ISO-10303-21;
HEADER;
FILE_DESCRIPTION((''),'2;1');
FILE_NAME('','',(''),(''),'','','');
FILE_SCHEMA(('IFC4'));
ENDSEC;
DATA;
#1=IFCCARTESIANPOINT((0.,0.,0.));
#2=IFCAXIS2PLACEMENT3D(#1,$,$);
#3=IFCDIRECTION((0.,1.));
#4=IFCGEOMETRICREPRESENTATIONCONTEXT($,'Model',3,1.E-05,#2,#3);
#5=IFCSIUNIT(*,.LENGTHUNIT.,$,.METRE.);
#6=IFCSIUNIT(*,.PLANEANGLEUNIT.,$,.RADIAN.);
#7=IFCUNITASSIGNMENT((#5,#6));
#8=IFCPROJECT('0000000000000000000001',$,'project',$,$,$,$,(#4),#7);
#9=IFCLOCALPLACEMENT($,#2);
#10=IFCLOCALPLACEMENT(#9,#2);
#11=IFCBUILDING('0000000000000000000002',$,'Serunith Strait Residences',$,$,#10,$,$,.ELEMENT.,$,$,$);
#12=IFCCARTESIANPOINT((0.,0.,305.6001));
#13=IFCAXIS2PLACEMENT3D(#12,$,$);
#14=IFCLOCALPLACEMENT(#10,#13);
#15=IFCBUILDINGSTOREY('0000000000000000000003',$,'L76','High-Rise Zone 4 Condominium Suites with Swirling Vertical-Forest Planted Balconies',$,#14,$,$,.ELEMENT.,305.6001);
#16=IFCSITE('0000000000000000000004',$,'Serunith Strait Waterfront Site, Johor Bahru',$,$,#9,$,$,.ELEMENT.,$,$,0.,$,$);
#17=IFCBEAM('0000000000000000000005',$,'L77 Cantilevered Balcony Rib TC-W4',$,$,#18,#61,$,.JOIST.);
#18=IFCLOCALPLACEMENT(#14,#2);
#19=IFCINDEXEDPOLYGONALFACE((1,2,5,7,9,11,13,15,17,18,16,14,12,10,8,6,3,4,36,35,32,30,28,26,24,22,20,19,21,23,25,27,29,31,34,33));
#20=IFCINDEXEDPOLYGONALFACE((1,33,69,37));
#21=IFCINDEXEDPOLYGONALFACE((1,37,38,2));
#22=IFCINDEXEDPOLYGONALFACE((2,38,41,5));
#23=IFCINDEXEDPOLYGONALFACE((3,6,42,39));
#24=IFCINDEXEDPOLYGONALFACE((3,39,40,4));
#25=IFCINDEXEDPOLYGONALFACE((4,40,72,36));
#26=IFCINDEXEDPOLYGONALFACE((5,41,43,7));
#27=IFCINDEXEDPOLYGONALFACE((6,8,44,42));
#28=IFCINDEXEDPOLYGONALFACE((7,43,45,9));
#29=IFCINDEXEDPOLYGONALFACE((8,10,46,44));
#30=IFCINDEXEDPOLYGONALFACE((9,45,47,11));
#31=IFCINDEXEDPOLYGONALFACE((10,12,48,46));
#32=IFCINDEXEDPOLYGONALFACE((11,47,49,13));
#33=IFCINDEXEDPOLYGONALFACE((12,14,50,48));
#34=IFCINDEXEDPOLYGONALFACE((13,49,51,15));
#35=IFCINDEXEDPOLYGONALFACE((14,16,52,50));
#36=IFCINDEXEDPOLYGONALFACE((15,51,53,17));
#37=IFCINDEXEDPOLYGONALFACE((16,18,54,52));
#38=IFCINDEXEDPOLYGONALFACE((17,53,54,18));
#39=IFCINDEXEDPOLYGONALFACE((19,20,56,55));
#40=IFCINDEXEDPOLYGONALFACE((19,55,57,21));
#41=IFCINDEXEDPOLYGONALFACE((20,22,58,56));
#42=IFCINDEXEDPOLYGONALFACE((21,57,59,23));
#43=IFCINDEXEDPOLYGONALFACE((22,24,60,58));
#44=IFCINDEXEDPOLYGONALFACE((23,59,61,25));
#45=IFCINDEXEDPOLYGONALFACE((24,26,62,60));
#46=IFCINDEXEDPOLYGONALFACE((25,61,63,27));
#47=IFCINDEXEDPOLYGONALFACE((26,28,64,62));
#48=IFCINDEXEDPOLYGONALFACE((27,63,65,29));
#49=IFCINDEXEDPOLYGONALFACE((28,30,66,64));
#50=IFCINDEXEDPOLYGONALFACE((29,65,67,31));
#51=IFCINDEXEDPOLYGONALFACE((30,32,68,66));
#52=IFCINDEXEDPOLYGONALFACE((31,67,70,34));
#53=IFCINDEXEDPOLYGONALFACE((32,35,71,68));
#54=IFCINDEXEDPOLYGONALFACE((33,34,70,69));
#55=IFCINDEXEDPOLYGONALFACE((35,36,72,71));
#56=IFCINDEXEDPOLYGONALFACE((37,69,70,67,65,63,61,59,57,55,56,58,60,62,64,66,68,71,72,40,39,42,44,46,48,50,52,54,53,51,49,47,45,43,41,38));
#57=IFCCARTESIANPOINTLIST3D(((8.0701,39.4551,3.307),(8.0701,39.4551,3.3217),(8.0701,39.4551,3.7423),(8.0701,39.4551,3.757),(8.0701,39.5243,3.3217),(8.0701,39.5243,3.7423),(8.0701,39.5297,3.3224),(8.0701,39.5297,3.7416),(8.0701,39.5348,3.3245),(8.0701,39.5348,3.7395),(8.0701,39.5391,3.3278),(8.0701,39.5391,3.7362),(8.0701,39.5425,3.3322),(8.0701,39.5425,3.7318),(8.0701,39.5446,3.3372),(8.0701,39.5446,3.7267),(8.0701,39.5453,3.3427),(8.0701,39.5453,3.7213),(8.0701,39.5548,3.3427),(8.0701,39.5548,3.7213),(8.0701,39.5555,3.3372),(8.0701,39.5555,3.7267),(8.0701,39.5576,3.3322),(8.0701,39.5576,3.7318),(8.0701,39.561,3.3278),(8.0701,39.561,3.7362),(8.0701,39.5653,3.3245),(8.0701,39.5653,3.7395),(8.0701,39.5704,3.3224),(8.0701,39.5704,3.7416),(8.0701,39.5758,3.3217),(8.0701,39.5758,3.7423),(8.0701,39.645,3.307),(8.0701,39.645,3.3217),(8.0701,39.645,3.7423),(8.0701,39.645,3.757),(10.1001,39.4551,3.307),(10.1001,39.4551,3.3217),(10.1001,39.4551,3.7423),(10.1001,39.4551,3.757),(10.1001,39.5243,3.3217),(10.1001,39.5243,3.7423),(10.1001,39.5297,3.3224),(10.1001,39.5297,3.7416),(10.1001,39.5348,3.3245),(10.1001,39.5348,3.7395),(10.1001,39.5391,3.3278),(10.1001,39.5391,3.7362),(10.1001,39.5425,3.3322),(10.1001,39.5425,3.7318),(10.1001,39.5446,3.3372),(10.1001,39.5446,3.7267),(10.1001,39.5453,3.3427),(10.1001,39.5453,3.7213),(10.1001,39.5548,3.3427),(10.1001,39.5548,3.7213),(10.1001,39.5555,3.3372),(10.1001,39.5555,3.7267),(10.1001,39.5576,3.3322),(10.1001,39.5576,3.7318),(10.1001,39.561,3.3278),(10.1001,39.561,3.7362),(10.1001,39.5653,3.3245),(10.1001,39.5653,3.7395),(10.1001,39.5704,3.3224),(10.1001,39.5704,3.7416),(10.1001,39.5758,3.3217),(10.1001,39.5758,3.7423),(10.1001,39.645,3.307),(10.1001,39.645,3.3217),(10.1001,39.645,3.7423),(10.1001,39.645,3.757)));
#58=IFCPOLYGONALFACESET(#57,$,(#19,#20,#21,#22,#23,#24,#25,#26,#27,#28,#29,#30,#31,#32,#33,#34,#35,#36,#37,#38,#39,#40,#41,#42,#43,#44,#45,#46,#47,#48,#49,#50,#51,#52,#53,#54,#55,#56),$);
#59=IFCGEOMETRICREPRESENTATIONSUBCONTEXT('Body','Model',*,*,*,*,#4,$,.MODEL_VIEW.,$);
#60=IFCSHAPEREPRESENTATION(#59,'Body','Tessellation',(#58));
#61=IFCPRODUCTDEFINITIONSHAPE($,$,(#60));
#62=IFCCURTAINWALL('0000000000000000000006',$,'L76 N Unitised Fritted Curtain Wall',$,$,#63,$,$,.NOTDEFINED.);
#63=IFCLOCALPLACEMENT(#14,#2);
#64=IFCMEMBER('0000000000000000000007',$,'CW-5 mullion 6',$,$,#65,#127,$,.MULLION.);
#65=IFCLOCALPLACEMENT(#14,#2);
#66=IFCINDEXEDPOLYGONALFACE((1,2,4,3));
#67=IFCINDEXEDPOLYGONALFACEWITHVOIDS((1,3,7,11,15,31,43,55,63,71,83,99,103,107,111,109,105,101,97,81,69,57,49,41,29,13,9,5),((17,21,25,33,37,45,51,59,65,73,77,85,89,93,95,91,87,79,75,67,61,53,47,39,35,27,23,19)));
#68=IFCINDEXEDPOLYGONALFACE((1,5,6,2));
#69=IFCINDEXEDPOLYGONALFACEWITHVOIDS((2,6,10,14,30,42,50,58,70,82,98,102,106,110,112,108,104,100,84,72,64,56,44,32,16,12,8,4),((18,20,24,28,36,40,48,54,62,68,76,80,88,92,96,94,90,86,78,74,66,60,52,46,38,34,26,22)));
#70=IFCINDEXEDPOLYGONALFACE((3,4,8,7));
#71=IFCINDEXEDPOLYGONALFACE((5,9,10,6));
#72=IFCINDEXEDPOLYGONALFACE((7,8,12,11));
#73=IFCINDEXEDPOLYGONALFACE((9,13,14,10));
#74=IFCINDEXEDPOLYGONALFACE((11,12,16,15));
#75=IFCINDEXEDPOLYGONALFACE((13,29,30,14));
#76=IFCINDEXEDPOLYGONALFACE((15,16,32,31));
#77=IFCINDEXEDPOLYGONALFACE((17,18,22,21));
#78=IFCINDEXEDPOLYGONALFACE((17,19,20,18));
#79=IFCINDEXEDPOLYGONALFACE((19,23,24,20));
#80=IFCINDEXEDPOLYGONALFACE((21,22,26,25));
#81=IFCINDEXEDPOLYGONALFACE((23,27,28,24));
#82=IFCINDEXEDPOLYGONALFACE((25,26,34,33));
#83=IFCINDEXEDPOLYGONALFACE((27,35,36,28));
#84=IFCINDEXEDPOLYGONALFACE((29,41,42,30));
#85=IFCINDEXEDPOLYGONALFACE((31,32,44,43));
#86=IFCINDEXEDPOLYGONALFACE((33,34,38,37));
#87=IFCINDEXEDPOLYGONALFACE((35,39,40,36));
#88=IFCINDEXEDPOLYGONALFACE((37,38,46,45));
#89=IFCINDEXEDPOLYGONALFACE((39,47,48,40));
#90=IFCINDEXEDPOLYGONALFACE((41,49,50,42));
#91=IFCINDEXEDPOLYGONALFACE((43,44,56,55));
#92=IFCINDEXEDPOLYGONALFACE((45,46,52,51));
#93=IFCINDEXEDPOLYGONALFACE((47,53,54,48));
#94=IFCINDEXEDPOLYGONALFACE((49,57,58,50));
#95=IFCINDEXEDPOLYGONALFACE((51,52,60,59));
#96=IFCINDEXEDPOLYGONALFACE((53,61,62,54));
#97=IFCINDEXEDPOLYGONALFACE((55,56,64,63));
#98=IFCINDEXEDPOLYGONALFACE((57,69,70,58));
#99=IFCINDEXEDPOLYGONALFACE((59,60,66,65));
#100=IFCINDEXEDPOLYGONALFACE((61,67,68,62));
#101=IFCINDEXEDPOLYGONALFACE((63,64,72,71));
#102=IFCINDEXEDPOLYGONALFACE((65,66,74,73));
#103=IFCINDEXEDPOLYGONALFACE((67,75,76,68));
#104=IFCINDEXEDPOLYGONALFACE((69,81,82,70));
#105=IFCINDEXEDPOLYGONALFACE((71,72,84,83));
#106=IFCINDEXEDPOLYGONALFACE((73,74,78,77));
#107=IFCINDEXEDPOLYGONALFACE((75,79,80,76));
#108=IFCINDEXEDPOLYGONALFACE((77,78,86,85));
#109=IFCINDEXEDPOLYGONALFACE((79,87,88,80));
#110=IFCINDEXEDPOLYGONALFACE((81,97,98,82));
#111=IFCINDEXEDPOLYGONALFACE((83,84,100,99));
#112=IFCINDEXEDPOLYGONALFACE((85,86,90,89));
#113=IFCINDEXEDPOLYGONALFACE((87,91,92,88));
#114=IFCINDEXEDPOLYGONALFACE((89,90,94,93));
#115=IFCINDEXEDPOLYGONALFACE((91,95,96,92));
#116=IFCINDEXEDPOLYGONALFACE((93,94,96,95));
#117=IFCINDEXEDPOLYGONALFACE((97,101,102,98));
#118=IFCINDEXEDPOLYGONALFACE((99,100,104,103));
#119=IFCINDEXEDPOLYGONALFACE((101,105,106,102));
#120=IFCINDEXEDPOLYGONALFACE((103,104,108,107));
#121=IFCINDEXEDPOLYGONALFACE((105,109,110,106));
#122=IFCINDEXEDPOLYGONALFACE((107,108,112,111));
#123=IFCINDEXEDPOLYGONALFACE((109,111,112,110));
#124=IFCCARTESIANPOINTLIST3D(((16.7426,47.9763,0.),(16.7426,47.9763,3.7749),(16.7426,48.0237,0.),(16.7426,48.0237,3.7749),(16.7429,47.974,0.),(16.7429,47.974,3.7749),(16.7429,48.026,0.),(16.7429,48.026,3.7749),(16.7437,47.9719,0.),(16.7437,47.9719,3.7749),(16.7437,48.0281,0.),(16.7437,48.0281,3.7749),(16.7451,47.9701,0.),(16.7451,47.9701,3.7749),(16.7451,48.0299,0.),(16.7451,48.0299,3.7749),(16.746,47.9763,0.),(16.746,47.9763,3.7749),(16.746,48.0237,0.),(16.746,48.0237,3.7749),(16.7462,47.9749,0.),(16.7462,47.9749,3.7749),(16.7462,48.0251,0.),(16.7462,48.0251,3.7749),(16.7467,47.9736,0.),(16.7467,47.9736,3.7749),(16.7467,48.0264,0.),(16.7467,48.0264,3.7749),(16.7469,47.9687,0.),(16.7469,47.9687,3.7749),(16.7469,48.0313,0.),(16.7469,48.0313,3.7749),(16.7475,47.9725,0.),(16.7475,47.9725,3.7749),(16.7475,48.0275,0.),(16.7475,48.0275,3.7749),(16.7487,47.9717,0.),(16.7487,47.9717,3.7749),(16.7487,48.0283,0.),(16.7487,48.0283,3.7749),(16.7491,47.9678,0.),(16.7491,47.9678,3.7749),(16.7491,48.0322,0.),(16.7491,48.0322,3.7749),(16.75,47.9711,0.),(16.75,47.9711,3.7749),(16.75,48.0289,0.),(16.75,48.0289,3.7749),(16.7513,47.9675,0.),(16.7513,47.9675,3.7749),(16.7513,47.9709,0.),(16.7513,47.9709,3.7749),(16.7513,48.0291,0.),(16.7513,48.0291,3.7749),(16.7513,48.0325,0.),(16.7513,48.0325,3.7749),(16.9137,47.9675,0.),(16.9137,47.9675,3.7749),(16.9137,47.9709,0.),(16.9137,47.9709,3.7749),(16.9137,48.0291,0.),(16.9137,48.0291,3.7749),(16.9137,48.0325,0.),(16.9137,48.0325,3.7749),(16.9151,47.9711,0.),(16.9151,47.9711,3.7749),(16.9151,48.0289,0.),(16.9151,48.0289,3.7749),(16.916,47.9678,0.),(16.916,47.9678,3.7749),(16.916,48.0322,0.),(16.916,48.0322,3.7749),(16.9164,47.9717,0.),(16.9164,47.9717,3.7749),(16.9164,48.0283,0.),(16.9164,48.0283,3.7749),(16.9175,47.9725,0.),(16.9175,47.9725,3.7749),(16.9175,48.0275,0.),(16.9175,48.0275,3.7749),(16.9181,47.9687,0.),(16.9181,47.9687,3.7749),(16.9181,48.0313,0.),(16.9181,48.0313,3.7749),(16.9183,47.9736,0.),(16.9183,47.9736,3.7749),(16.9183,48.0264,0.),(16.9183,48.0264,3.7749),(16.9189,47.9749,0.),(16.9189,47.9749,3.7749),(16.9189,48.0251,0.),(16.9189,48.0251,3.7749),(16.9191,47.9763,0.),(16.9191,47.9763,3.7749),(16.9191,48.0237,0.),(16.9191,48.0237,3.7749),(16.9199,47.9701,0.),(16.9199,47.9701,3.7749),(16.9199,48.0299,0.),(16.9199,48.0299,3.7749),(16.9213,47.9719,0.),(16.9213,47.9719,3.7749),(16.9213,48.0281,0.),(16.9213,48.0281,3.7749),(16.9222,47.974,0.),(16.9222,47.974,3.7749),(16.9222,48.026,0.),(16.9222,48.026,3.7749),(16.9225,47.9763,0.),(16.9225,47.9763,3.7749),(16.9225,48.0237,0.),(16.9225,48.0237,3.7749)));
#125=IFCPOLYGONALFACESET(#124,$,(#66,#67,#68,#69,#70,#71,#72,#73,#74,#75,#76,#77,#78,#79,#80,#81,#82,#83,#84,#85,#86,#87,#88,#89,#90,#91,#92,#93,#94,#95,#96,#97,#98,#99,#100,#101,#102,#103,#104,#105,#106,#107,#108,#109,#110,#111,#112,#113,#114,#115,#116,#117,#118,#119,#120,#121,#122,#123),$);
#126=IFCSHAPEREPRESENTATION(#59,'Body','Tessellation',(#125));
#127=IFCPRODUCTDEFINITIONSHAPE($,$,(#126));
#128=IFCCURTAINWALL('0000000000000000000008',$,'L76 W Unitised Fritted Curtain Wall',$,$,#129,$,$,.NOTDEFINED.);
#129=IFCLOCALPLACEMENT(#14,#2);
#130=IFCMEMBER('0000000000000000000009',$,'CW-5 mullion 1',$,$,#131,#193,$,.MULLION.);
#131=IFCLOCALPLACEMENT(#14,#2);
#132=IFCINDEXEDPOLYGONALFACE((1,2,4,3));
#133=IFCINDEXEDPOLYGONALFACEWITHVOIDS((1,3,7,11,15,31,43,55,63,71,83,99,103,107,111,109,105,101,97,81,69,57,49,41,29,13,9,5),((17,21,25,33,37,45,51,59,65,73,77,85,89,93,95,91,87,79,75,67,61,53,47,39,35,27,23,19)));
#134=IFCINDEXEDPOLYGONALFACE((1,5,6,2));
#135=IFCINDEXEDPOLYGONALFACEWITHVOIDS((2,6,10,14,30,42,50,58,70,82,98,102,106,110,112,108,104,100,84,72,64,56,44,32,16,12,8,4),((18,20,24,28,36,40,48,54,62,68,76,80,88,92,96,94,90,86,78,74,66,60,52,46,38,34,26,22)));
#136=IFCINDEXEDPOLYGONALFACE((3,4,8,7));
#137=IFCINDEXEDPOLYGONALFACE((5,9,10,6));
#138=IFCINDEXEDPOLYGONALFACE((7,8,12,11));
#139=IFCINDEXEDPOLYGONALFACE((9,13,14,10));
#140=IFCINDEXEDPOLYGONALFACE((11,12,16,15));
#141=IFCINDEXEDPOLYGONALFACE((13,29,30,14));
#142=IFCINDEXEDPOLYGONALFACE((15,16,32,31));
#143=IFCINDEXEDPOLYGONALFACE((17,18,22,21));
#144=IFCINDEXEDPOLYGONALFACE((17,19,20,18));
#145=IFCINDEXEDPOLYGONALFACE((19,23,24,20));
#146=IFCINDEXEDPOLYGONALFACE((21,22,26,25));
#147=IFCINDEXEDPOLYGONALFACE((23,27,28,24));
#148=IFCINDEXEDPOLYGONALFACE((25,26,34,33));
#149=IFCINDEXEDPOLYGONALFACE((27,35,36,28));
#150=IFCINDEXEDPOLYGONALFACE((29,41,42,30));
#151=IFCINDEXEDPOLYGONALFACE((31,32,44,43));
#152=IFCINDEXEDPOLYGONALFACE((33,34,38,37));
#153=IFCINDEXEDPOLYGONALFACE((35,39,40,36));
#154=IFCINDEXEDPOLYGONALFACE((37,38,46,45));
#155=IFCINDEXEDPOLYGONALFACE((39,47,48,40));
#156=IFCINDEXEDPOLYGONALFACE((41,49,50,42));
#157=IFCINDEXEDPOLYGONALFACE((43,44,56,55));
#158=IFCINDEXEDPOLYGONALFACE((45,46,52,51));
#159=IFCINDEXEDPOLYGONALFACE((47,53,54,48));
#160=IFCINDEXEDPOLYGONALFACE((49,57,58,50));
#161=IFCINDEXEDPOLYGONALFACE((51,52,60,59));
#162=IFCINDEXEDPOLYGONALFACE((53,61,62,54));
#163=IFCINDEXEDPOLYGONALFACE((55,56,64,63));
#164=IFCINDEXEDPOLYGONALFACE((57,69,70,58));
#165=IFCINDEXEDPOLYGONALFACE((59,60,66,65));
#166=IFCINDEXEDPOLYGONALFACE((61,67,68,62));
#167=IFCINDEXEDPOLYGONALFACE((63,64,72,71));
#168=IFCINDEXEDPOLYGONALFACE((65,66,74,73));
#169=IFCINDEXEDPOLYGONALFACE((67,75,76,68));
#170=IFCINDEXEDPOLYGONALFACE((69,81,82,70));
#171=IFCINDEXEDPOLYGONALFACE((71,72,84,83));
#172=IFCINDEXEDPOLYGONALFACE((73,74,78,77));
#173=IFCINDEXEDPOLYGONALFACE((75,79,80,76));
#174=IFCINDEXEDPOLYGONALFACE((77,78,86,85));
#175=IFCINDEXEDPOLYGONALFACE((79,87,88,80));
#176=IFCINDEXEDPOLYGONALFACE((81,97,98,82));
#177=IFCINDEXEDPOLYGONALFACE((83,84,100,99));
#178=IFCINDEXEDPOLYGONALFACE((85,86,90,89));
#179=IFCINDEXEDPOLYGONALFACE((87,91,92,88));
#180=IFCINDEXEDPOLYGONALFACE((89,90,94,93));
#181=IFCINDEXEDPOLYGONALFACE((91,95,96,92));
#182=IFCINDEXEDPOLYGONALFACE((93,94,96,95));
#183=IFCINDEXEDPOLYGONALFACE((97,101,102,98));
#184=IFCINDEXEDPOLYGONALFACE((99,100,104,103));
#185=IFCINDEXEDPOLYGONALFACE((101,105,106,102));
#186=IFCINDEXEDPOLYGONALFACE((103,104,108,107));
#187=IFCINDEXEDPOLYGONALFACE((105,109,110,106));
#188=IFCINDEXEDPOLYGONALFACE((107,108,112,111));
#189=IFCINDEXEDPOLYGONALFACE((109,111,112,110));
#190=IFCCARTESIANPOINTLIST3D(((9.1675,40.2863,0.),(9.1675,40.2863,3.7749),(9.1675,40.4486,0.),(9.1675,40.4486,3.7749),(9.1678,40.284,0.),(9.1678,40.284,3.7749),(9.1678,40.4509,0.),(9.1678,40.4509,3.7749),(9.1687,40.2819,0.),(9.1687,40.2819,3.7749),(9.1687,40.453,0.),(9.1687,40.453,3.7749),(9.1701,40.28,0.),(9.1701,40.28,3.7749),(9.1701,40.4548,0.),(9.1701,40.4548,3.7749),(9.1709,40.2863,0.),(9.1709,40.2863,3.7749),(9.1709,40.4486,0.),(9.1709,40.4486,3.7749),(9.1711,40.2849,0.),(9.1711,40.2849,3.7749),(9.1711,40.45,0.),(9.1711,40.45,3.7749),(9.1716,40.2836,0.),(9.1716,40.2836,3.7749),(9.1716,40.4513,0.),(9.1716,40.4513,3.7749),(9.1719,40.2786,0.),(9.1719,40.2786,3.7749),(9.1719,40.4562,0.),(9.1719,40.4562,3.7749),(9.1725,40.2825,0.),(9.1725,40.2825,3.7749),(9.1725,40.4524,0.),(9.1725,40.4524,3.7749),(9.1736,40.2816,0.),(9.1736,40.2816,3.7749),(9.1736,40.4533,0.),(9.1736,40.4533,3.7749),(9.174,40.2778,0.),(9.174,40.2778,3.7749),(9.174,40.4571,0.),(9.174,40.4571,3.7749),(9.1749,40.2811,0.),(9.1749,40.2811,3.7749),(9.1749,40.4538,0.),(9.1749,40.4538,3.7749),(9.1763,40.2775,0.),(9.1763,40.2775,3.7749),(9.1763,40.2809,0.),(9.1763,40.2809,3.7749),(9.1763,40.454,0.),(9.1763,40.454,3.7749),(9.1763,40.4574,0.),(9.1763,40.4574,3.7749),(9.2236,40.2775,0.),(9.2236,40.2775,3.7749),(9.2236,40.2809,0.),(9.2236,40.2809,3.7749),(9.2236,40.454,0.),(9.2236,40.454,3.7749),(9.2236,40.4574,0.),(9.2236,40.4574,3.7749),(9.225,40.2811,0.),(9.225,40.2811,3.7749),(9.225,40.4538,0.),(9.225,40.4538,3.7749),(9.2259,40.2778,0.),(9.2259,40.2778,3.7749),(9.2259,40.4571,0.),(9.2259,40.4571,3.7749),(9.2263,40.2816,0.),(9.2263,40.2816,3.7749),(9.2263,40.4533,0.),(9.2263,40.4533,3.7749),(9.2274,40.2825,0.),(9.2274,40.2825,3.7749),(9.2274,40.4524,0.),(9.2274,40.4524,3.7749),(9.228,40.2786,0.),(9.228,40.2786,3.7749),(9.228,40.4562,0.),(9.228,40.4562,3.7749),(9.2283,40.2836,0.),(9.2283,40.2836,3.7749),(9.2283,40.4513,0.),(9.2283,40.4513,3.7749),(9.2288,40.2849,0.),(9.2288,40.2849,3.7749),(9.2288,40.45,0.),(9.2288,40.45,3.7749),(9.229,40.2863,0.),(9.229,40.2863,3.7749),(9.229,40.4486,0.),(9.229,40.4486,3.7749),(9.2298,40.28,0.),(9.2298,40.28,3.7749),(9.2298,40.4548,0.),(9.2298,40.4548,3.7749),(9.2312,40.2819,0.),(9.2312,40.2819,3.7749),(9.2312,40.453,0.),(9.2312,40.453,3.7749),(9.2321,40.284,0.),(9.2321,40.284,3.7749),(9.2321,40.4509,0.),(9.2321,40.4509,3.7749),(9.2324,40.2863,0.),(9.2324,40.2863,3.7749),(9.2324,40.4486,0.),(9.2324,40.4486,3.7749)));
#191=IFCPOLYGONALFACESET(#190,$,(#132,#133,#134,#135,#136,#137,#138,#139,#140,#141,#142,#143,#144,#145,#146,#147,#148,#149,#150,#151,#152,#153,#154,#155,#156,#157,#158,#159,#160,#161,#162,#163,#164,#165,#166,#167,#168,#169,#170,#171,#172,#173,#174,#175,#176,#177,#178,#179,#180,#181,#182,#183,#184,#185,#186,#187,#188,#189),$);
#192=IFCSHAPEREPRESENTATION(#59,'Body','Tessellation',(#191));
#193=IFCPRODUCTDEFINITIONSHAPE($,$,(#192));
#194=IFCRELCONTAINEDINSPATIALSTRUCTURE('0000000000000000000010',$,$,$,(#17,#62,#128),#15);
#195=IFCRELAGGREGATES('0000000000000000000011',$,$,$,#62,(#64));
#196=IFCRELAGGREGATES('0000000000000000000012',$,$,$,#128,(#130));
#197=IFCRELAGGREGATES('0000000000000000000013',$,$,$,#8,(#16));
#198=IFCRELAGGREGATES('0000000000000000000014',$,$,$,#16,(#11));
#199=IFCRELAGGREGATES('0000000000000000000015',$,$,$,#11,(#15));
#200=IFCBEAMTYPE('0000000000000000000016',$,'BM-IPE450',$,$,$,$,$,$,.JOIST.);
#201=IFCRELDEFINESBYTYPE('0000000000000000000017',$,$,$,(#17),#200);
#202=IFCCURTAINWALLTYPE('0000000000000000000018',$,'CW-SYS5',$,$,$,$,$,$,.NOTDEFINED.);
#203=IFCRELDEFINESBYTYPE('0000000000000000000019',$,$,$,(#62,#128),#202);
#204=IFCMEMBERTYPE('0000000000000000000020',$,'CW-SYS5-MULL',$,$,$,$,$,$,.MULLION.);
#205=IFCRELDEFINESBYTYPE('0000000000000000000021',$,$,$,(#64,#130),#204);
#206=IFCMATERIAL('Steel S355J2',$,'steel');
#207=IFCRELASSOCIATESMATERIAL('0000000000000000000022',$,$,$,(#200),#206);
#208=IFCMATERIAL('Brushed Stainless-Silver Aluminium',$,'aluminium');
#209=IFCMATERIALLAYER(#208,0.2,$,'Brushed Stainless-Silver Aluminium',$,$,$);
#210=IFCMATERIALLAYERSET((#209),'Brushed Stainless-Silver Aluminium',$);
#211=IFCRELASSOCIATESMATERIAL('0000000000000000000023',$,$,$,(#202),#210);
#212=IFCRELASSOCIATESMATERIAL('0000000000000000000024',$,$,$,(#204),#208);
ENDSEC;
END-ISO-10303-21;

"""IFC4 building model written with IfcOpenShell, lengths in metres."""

from ifc_helpers import new_model, si_unit, direction, frame, origin, origin_2d, place, context, subcontext, project, spatial, hollow_rectangle, i_section, extrude, source, transform, mapped, material, layer, layer_set, material_profile, profile_set, type_object, element, aggregate, save


model = new_model("IFC4")

# Units and contexts
model_context = context("Model", 3, precision=1e-05, world=origin(), true_north=direction((0.0, 1.0)))
body_context = subcontext(model_context, "Body", "Model", "MODEL_VIEW")
ifc_project = project(units=[si_unit("LENGTHUNIT", "METRE"), si_unit("PLANEANGLEUNIT", "RADIAN")], contexts=[model_context])

# Site, building, storey
site_placement = place(None, origin())
site = spatial("IfcSite", under=ifc_project, at=site_placement, Name="Serunith Strait Waterfront Site, Johor Bahru", CompositionType="ELEMENT", RefElevation=0.0)
building_placement = place(site_placement, origin())
building = spatial("IfcBuilding", under=site, at=building_placement, Name="Serunith Strait Residences", CompositionType="ELEMENT")
storey_placement = place(building_placement, frame((0.0, 0.0, 305.6001)))
storey = spatial("IfcBuildingStorey", under=building, at=storey_placement, Name="L76", Description="High-Rise Zone 4 Condominium Suites with Swirling Vertical-Forest Planted Balconies", CompositionType="ELEMENT", Elevation=305.6001)

# Beam
ifc_material_1 = material(Name="Steel S355J2", Category="steel")
ifc_material_profile_1 = material_profile(ifc_material_1, i_section(OverallWidth=0.1899, OverallDepth=0.45, WebThickness=0.0095, FlangeThickness=0.0146, FilletRadius=0.021, at=origin_2d()), Name="IPE 450")
ifc_profile_set_1 = profile_set([ifc_material_profile_1], Name="Steel S355J2")
beam_type_1 = type_object("IfcBeamType", Name="BM-IPE450", PredefinedType="JOIST", material=ifc_profile_set_1)
shared_shape_1 = source(origin(), body_context, "Body", "SweptSolid", [
    extrude(i_section(OverallWidth=0.1899, OverallDepth=0.45, WebThickness=0.0095, FlangeThickness=0.0146, FilletRadius=0.021, at=origin_2d()), origin(), (0.0, 0.0, 1.0), 2.03),
])
beam_1_placement = place(storey_placement, frame((10.1001, 39.55, 3.532), z_axis=(-1.0, 0.0, 0.0), x_axis=(0.0, -1.0, 0.0)))
element("IfcBeam", 1, at=beam_1_placement, inside=storey, type_object=beam_type_1, Name="L77 Cantilevered Balcony Rib TC-W4", PredefinedType="JOIST", context=body_context, shape_type="MappedRepresentation", body=[
    mapped(shared_shape_1, transform((0.0, 0.0, 0.0), scale=1.0)),
])

# Curtain wall, member
ifc_material_2 = material(Name="Brushed Stainless-Silver Aluminium", Category="aluminium")
ifc_layer_1 = layer(ifc_material_2, 0.2, Name="Brushed Stainless-Silver Aluminium")
ifc_layer_set_1 = layer_set([ifc_layer_1], Name="Brushed Stainless-Silver Aluminium")
curtain_wall_type = type_object("IfcCurtainWallType", Name="CW-SYS5", PredefinedType="NOTDEFINED", material=ifc_layer_set_1)
curtain_wall_1_placement = place(storey_placement, origin())
curtain_wall_1 = element("IfcCurtainWall", 2, at=curtain_wall_1_placement, inside=storey, type_object=curtain_wall_type, Name="L76 N Unitised Fritted Curtain Wall", PredefinedType="NOTDEFINED")
ifc_material_profile_2 = material_profile(ifc_material_2, hollow_rectangle(XDim=0.0649, YDim=0.1799, WallThickness=0.0034, InnerFilletRadius=0.0054, OuterFilletRadius=0.0088, at=origin_2d()), Name="ALU 180x65x3.5")
ifc_profile_set_2 = profile_set([ifc_material_profile_2], Name="Brushed Stainless-Silver Aluminium")
member_type_1 = type_object("IfcMemberType", Name="CW-SYS5-MULL", PredefinedType="MULLION", material=ifc_profile_set_2)
shared_shape_2 = source(origin(), body_context, "Body", "SweptSolid", [
    extrude(hollow_rectangle(XDim=0.0649, YDim=0.1799, WallThickness=0.0034, InnerFilletRadius=0.0054, OuterFilletRadius=0.0088, at=origin_2d()), origin(), (0.0, 0.0, 1.0), 3.7749),
])
member_1_placement = place(storey_placement, frame((16.8325, 48.0, 0.0), z_axis=(0.0, 0.0, 1.0), x_axis=(0.0, -1.0, 0.0)))
member_1 = element("IfcMember", 3, at=member_1_placement, type_object=member_type_1, Name="CW-5 mullion 6", PredefinedType="MULLION", context=body_context, shape_type="MappedRepresentation", body=[
    mapped(shared_shape_2, transform((0.0, 0.0, 0.0), scale=1.0)),
])
aggregate(curtain_wall_1, [member_1])

# Curtain wall, member
curtain_wall_2_placement = place(storey_placement, origin())
curtain_wall_2 = element("IfcCurtainWall", 4, at=curtain_wall_2_placement, inside=storey, type_object=curtain_wall_type, Name="L76 W Unitised Fritted Curtain Wall", PredefinedType="NOTDEFINED")
member_2_placement = place(storey_placement, frame((9.2, 40.3674, 0.0), z_axis=(0.0, 0.0, 1.0), x_axis=(1.0, 0.0, 0.0)))
member_2 = element("IfcMember", 5, at=member_2_placement, type_object=member_type_1, Name="CW-5 mullion 1", PredefinedType="MULLION", context=body_context, shape_type="MappedRepresentation", body=[
    mapped(shared_shape_2, transform((0.0, 0.0, 0.0), scale=1.0)),
])
aggregate(curtain_wall_2, [member_2])

save(model, "model.ifc")
